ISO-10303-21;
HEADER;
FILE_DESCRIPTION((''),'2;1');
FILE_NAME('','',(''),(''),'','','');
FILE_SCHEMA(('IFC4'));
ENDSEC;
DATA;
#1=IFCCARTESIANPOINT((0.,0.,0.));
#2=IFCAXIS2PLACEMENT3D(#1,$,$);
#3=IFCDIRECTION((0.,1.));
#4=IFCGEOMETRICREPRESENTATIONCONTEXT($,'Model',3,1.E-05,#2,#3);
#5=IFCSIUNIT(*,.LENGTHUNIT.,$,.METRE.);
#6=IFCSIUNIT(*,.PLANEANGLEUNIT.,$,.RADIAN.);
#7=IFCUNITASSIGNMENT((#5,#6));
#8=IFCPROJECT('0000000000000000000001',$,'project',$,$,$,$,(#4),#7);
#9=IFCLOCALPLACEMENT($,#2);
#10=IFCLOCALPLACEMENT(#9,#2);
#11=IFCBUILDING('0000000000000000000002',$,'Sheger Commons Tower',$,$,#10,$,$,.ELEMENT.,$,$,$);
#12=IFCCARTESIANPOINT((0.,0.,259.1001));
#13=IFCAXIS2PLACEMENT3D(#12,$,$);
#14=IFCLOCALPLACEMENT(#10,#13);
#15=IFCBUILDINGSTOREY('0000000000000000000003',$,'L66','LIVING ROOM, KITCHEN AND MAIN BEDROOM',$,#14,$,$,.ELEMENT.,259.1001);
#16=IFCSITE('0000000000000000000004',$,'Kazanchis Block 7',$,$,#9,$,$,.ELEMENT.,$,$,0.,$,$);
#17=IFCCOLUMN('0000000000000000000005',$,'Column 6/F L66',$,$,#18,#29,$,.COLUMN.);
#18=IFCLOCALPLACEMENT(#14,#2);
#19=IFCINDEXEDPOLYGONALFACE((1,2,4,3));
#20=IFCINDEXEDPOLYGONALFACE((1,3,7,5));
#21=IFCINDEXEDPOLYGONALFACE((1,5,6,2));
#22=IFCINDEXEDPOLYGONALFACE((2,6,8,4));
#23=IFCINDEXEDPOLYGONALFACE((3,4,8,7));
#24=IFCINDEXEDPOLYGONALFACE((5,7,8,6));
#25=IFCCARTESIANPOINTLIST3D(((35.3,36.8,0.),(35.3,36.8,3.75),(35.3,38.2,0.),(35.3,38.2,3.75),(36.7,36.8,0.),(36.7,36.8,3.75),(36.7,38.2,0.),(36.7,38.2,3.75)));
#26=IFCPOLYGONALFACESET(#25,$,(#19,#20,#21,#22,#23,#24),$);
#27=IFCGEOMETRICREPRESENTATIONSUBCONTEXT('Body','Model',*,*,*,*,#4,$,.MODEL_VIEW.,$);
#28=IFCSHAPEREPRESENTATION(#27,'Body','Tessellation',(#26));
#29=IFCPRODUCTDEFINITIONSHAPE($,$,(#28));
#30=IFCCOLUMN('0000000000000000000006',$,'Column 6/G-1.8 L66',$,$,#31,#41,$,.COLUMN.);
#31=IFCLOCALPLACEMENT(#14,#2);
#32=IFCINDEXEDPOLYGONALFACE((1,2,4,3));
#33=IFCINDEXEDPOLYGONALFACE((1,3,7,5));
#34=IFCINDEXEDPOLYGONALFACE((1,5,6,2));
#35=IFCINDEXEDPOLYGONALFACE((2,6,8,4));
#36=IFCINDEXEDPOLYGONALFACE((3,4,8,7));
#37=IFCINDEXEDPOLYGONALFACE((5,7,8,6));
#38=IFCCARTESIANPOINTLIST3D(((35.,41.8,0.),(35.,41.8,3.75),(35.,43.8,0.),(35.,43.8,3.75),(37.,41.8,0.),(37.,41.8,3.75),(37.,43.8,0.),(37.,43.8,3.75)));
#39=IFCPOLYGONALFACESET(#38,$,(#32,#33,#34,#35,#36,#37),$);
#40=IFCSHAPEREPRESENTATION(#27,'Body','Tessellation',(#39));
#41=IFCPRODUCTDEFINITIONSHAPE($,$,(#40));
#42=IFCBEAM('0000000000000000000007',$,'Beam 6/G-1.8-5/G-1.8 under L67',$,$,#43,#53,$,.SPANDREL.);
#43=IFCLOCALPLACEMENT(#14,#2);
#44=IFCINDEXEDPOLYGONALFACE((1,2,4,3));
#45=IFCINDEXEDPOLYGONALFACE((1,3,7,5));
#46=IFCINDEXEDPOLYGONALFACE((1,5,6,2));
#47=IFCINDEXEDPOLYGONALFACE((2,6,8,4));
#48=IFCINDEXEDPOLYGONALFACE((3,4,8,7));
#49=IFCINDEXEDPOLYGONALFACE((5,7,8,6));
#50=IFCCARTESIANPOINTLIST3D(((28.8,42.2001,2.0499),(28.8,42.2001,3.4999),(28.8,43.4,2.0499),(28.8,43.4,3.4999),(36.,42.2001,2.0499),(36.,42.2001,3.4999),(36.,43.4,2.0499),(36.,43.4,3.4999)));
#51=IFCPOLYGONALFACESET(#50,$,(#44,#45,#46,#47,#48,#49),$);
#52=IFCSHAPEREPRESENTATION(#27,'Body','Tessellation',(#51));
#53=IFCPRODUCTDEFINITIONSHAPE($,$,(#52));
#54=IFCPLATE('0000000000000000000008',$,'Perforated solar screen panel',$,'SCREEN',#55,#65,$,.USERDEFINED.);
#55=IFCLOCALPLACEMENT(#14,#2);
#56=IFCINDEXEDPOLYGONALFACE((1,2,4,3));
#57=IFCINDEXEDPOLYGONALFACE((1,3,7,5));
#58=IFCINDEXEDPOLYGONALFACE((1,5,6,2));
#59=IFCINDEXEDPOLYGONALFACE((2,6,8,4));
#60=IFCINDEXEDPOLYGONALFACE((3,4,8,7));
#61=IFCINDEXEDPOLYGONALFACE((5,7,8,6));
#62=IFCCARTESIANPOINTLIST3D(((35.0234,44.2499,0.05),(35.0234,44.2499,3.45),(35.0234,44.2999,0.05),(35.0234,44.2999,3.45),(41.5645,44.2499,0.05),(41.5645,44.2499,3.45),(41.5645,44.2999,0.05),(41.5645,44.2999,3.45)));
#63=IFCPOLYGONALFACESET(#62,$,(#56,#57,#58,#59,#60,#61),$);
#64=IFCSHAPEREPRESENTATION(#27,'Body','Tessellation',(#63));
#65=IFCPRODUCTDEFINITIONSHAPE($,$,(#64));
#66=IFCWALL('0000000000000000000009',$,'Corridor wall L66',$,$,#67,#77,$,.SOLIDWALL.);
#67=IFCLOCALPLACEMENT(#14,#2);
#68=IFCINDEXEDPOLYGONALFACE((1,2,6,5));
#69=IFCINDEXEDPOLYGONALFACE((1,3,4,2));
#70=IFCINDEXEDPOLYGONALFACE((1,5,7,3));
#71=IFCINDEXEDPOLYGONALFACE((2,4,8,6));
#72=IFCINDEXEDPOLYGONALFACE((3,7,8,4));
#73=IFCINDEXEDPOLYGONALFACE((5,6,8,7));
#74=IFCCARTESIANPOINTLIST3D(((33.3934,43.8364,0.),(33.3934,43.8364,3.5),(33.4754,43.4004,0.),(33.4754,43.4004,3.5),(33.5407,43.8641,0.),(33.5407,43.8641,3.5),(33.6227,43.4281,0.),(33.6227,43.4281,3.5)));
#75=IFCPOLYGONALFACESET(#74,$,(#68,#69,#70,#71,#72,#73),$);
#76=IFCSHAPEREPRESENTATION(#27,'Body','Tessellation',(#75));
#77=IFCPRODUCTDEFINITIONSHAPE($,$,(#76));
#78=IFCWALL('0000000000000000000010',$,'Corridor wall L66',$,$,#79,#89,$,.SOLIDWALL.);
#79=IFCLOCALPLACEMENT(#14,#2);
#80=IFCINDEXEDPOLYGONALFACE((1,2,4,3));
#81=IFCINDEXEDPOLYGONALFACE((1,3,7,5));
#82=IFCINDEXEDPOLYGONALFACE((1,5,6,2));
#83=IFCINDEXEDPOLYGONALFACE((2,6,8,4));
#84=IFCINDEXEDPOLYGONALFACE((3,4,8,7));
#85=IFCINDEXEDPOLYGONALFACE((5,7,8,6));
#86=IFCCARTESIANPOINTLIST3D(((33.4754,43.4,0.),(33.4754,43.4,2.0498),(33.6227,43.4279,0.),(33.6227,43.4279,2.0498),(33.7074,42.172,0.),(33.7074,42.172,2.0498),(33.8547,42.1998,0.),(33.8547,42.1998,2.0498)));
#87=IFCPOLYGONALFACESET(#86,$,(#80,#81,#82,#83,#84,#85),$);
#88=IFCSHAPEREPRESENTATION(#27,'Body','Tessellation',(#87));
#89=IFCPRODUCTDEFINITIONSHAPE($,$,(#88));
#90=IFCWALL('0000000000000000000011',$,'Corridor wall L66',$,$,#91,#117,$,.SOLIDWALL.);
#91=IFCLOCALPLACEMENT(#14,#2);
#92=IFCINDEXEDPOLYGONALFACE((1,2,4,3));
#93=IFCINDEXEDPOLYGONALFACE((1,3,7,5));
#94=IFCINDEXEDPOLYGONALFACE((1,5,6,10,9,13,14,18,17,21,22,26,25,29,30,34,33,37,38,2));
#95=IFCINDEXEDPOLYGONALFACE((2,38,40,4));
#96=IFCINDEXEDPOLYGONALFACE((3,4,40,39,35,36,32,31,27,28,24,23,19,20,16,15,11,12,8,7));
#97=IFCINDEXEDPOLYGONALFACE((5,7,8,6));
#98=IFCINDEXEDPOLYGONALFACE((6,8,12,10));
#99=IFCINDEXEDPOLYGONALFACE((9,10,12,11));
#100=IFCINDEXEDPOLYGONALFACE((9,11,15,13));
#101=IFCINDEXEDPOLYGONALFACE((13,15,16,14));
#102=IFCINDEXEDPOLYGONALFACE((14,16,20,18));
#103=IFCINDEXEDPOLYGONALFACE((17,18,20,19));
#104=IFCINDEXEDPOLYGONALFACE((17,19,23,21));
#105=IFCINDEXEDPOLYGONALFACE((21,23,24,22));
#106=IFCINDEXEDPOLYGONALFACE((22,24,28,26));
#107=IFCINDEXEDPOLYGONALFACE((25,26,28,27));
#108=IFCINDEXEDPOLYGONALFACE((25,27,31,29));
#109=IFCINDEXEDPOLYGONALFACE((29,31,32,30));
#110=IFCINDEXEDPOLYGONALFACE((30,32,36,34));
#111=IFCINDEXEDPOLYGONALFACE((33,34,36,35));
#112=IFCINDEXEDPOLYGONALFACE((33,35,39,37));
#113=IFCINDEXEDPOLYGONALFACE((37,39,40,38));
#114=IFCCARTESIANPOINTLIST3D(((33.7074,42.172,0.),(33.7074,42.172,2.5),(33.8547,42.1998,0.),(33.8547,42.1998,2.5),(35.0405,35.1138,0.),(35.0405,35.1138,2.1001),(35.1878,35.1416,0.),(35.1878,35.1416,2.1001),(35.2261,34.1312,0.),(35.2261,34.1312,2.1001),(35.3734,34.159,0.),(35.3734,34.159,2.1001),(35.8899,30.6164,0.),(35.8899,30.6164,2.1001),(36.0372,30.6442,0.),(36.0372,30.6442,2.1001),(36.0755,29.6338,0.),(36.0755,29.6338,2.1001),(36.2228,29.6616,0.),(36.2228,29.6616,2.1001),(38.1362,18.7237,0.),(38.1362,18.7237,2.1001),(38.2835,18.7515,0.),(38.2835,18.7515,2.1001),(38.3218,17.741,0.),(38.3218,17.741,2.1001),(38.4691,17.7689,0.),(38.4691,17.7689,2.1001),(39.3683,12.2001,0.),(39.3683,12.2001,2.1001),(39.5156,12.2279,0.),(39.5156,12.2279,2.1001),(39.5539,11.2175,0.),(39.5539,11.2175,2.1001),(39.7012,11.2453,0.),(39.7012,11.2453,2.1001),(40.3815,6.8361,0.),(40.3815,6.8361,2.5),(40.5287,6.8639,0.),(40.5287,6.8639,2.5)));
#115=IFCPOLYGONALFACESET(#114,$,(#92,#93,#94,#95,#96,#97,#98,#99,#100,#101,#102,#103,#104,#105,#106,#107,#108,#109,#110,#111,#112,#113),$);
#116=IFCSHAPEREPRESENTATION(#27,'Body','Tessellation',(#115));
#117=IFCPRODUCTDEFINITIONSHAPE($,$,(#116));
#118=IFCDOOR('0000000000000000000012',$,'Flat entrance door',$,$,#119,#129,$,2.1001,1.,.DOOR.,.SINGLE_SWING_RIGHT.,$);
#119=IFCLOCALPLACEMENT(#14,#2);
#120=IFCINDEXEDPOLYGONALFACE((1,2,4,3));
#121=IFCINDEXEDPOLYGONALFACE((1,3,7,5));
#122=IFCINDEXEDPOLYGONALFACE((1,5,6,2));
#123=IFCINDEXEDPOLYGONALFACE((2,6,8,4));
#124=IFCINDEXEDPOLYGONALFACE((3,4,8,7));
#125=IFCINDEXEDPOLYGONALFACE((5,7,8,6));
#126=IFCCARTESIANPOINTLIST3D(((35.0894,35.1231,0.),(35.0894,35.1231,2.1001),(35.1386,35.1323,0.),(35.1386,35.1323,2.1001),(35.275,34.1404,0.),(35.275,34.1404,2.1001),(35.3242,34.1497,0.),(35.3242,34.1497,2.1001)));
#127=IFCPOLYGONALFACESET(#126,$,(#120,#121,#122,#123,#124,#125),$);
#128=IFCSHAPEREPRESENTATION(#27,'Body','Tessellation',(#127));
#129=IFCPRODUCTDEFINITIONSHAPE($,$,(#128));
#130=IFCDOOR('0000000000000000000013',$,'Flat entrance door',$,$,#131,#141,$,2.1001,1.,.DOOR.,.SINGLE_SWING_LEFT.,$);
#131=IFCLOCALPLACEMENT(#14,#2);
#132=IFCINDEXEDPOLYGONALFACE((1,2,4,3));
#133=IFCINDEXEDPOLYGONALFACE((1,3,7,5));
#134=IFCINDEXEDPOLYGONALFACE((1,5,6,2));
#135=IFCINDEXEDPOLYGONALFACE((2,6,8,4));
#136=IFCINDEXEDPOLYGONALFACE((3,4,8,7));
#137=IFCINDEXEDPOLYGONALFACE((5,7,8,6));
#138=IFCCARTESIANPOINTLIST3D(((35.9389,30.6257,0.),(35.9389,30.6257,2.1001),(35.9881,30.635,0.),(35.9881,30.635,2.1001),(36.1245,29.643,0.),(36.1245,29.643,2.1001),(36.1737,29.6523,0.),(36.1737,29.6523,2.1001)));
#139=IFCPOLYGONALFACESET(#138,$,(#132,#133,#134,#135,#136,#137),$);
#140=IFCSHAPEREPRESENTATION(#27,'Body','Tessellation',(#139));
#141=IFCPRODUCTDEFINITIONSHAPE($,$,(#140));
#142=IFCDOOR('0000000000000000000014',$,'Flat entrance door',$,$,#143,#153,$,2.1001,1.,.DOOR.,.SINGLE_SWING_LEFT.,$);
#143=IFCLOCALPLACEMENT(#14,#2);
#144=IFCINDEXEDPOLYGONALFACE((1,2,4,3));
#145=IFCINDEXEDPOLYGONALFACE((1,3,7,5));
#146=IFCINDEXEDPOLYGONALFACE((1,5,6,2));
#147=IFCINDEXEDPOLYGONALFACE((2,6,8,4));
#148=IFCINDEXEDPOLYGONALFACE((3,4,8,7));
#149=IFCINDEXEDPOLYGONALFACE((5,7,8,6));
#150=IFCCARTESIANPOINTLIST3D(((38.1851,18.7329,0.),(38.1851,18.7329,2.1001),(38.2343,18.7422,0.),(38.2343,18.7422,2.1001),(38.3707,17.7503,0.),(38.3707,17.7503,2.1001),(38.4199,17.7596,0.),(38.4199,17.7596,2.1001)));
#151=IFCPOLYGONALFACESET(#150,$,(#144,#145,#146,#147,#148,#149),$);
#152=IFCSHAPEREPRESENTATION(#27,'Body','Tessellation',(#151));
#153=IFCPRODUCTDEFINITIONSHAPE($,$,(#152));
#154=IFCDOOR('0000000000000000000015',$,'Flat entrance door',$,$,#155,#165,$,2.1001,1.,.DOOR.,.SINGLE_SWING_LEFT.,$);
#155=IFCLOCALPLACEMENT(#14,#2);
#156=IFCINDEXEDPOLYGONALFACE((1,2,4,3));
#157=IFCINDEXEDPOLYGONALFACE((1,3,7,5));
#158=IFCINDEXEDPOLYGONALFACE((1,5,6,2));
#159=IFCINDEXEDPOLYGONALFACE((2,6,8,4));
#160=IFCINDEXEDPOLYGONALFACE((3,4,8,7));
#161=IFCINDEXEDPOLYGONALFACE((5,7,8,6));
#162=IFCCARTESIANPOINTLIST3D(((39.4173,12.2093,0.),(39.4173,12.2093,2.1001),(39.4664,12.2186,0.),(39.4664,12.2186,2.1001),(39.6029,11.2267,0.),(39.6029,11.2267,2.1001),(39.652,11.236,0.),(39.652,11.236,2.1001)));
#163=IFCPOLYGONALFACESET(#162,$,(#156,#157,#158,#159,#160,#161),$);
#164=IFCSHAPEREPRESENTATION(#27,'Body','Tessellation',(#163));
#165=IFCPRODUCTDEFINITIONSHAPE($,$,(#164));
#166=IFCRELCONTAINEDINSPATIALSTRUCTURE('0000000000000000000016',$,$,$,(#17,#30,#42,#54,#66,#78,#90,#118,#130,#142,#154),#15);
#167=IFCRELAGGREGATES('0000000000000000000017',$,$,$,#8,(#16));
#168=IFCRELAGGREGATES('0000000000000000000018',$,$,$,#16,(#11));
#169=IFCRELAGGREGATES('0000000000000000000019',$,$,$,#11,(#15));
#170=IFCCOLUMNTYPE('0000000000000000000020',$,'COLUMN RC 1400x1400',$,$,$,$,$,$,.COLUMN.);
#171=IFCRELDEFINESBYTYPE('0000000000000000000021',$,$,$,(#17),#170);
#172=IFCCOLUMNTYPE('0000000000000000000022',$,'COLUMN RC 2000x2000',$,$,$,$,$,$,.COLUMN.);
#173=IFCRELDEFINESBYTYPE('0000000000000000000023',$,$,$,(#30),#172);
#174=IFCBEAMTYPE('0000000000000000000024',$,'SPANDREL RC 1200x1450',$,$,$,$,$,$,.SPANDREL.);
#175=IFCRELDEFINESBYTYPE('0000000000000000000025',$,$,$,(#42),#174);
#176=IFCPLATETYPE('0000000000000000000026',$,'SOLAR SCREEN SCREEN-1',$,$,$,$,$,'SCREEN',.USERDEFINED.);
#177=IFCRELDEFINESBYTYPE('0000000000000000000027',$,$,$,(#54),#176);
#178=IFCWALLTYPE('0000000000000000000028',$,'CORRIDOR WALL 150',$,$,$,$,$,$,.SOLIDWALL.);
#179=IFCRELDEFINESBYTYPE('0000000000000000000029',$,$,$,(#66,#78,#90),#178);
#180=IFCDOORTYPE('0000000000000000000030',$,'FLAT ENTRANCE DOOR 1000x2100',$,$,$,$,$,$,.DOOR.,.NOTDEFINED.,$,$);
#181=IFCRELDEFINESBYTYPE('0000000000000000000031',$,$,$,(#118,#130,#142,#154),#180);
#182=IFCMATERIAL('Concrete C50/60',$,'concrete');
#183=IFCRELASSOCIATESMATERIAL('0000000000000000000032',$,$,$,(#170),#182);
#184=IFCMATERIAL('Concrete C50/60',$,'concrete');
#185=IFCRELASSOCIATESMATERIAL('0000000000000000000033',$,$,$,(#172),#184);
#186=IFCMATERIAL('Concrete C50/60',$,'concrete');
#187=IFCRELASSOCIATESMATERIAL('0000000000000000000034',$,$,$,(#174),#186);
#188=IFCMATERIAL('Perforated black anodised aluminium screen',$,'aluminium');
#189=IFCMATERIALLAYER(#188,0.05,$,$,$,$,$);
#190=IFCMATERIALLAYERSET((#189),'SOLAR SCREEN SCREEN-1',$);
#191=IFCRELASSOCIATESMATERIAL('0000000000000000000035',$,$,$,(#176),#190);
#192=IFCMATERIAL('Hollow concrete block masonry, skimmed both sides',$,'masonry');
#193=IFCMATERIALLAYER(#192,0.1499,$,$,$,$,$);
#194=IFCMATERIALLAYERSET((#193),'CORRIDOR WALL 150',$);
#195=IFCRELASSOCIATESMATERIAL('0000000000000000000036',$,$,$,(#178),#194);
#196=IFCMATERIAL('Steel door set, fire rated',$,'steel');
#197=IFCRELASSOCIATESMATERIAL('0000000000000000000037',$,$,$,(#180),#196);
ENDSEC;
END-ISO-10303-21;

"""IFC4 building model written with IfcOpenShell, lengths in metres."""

from ifc_helpers import new_model, si_unit, direction, frame, frame_2d, origin, origin_2d, place, context, subcontext, project, spatial, rectangle, extrude, material, layer, layer_set, material_profile, profile_set, type_object, element, fill, save


model = new_model("IFC4")

# Units and contexts
model_context = context("Model", 3, precision=1e-05, world=origin(), true_north=direction((0.0, 1.0)))
body_context = subcontext(model_context, "Body", "Model", "MODEL_VIEW")
ifc_project = project(units=[si_unit("LENGTHUNIT", "METRE"), si_unit("PLANEANGLEUNIT", "RADIAN")], contexts=[model_context])

# Site, building, storey
site_placement = place(None, origin())
site = spatial("IfcSite", under=ifc_project, at=site_placement, Name="Kazanchis Block 7", CompositionType="ELEMENT", RefElevation=0.0)
building_placement = place(site_placement, origin())
building = spatial("IfcBuilding", under=site, at=building_placement, Name="Sheger Commons Tower", CompositionType="ELEMENT")
storey_placement = place(building_placement, frame((0.0, 0.0, 259.1001)))
storey = spatial("IfcBuildingStorey", under=building, at=storey_placement, Name="L66", Description="LIVING ROOM, KITCHEN AND MAIN BEDROOM", CompositionType="ELEMENT", Elevation=259.1001)

# Columns
ifc_material_1 = material(Name="Concrete C50/60", Category="concrete")
ifc_material_profile_1 = material_profile(ifc_material_1, rectangle(XDim=1.3999, YDim=1.3999, at=origin_2d()), Name="RC 1400x1400")
ifc_profile_set_1 = profile_set([ifc_material_profile_1], Name="Concrete C50/60")
column_type_1 = type_object("IfcColumnType", Name="COLUMN RC 1400x1400", PredefinedType="COLUMN", material=ifc_profile_set_1)
column_1_placement = place(storey_placement, frame((36.0, 37.5, 0.0), z_axis=(0.0, 0.0, 1.0), x_axis=(1.0, 0.0, 0.0)))
element("IfcColumn", 1, at=column_1_placement, inside=storey, type_object=column_type_1, Name="Column 6/F L66", PredefinedType="COLUMN", context=body_context, shape_type="SweptSolid", body=[
    extrude(rectangle(XDim=1.3999, YDim=1.3999, at=origin_2d()), origin(), (0.0, 0.0, 1.0), 3.75),
])
ifc_material_2 = material(Name="Concrete C50/60", Category="concrete")
ifc_material_profile_2 = material_profile(ifc_material_2, rectangle(XDim=2.0, YDim=2.0, at=origin_2d()), Name="RC 2000x2000")
ifc_profile_set_2 = profile_set([ifc_material_profile_2], Name="Concrete C50/60")
column_type_2 = type_object("IfcColumnType", Name="COLUMN RC 2000x2000", PredefinedType="COLUMN", material=ifc_profile_set_2)
column_2_placement = place(storey_placement, frame((36.0, 42.8, 0.0), z_axis=(0.0, 0.0, 1.0), x_axis=(1.0, 0.0, 0.0)))
element("IfcColumn", 2, at=column_2_placement, inside=storey, type_object=column_type_2, Name="Column 6/G-1.8 L66", PredefinedType="COLUMN", context=body_context, shape_type="SweptSolid", body=[
    extrude(rectangle(XDim=2.0, YDim=2.0, at=origin_2d()), origin(), (0.0, 0.0, 1.0), 3.75),
])

# Beam
ifc_material_3 = material(Name="Concrete C50/60", Category="concrete")
ifc_material_profile_3 = material_profile(ifc_material_3, rectangle(XDim=1.2, YDim=1.45, at=origin_2d()), Name="RC 1200x1450")
ifc_profile_set_3 = profile_set([ifc_material_profile_3], Name="Concrete C50/60")
beam_type = type_object("IfcBeamType", Name="SPANDREL RC 1200x1450", PredefinedType="SPANDREL", material=ifc_profile_set_3)
beam_placement = place(storey_placement, frame((36.0, 42.8, 2.7749), z_axis=(-1.0, 0.0, 0.0), x_axis=(0.0, -1.0, 0.0)))
element("IfcBeam", 3, at=beam_placement, inside=storey, type_object=beam_type, Name="Beam 6/G-1.8-5/G-1.8 under L67", PredefinedType="SPANDREL", context=body_context, shape_type="SweptSolid", body=[
    extrude(rectangle(XDim=1.2, YDim=1.45, at=origin_2d()), origin(), (0.0, 0.0, 1.0), 7.2),
])

# Plate
ifc_material_4 = material(Name="Perforated black anodised aluminium screen", Category="aluminium")
ifc_layer_1 = layer(ifc_material_4, 0.05)
ifc_layer_set_1 = layer_set([ifc_layer_1], Name="SOLAR SCREEN SCREEN-1")
plate_type = type_object("IfcPlateType", Name="SOLAR SCREEN SCREEN-1", ElementType="SCREEN", PredefinedType="USERDEFINED", material=ifc_layer_set_1)
plate_placement = place(storey_placement, frame((38.2939, 44.2749, 0.05), z_axis=(0.0, 0.0, 1.0), x_axis=(-1.0, 0.0, 0.0)))
element("IfcPlate", 4, at=plate_placement, inside=storey, type_object=plate_type, Name="Perforated solar screen panel", ObjectType="SCREEN", PredefinedType="USERDEFINED", context=body_context, shape_type="SweptSolid", body=[
    extrude(rectangle(XDim=6.541, YDim=0.05, at=origin_2d()), origin(), (0.0, 0.0, 1.0), 3.3999),
])

# Walls
ifc_material_5 = material(Name="Hollow concrete block masonry, skimmed both sides", Category="masonry")
ifc_layer_2 = layer(ifc_material_5, 0.1499)
ifc_layer_set_2 = layer_set([ifc_layer_2], Name="CORRIDOR WALL 150")
wall_type_1 = type_object("IfcWallType", Name="CORRIDOR WALL 150", PredefinedType="SOLIDWALL", material=ifc_layer_set_2)
wall_1_placement = place(storey_placement, frame((33.467, 43.8501, 0.0), z_axis=(0.0, 0.0, 1.0), x_axis=(0.184887, -0.98276, 0.0)))
element("IfcWall", 5, at=wall_1_placement, inside=storey, type_object=wall_type_1, Name="Corridor wall L66", PredefinedType="SOLIDWALL", context=body_context, shape_type="SweptSolid", body=[
    extrude(rectangle(XDim=0.4436, YDim=0.1499, at=frame_2d((0.2217, 0.0))), origin(), (0.0, 0.0, 1.0), 3.5),
])
wall_2_placement = place(storey_placement, frame((33.5491, 43.4141, 0.0), z_axis=(0.0, 0.0, 1.0), x_axis=(0.185586, -0.982628, 0.0)))
element("IfcWall", 6, at=wall_2_placement, inside=storey, type_object=wall_type_1, Name="Corridor wall L66", PredefinedType="SOLIDWALL", context=body_context, shape_type="SweptSolid", body=[
    extrude(rectangle(XDim=1.2498, YDim=0.1499, at=frame_2d((0.625, 0.0))), origin(), (0.0, 0.0, 1.0), 2.0498),
])

# Wall, openings, doors
wall_3_placement = place(storey_placement, frame((33.781, 42.186, 0.0), z_axis=(0.0, 0.0, 1.0), x_axis=(0.185594, -0.982627, 0.0)))
wall_3 = element("IfcWall", 7, at=wall_3_placement, inside=storey, type_object=wall_type_1, Name="Corridor wall L66", PredefinedType="SOLIDWALL", context=body_context, shape_type="SweptSolid", body=[
    extrude(rectangle(XDim=35.9607, YDim=0.1499, at=frame_2d((17.9805, 0.0))), origin(), (0.0, 0.0, 1.0), 2.5),
])
opening_1_placement = place(wall_3_placement, frame((7.1831, 0.0, 0.0)))
opening_1 = element("IfcOpeningElement", 8, at=opening_1_placement, cuts=wall_3, PredefinedType="OPENING", context=body_context, shape_type="SweptSolid", body=[
    extrude(rectangle(XDim=1.0, YDim=2.1001, at=frame_2d((0.5, 1.05))), frame((0.0, 0.085, 0.0), z_axis=(0.0, -1.0, 0.0), x_axis=(1.0, 0.0, 0.0)), (0.0, 0.0, 1.0), 0.1699),
])
opening_2_placement = place(wall_3_placement, frame((11.76, 0.0, 0.0)))
opening_2 = element("IfcOpeningElement", 9, at=opening_2_placement, cuts=wall_3, PredefinedType="OPENING", context=body_context, shape_type="SweptSolid", body=[
    extrude(rectangle(XDim=1.0, YDim=2.1001, at=frame_2d((0.5, 1.05))), frame((0.0, 0.085, 0.0), z_axis=(0.0, -1.0, 0.0), x_axis=(1.0, 0.0, 0.0)), (0.0, 0.0, 1.0), 0.1699),
])
opening_3_placement = place(wall_3_placement, frame((23.863, 0.0, 0.0)))
opening_3 = element("IfcOpeningElement", 10, at=opening_3_placement, cuts=wall_3, PredefinedType="OPENING", context=body_context, shape_type="SweptSolid", body=[
    extrude(rectangle(XDim=1.0, YDim=2.1001, at=frame_2d((0.5, 1.05))), frame((0.0, 0.085, 0.0), z_axis=(0.0, -1.0, 0.0), x_axis=(1.0, 0.0, 0.0)), (0.0, 0.0, 1.0), 0.1699),
])
opening_4_placement = place(wall_3_placement, frame((30.502, 0.0, 0.0)))
opening_4 = element("IfcOpeningElement", 11, at=opening_4_placement, cuts=wall_3, PredefinedType="OPENING", context=body_context, shape_type="SweptSolid", body=[
    extrude(rectangle(XDim=1.0, YDim=2.1001, at=frame_2d((0.5, 1.05))), frame((0.0, 0.085, 0.0), z_axis=(0.0, -1.0, 0.0), x_axis=(1.0, 0.0, 0.0)), (0.0, 0.0, 1.0), 0.1699),
])
ifc_material_6 = material(Name="Steel door set, fire rated", Category="steel")
door_type_1 = type_object("IfcDoorType", Name="FLAT ENTRANCE DOOR 1000x2100", OperationType="NOTDEFINED", PredefinedType="DOOR", material=ifc_material_6)
door_1_placement = place(opening_1_placement, origin())
door_1 = element("IfcDoor", 12, at=door_1_placement, inside=storey, type_object=door_type_1, Name="Flat entrance door", OperationType="SINGLE_SWING_RIGHT", OverallHeight=2.1001, OverallWidth=1.0, PredefinedType="DOOR", context=body_context, shape_type="SweptSolid", body=[
    extrude(rectangle(XDim=1.0, YDim=2.1001, at=frame_2d((0.5, 1.05))), frame((0.0, 0.0249, 0.0), z_axis=(0.0, -1.0, 0.0), x_axis=(1.0, 0.0, 0.0)), (0.0, 0.0, 1.0), 0.05),
])
fill(opening_1, door_1)
door_2_placement = place(opening_2_placement, origin())
door_2 = element("IfcDoor", 13, at=door_2_placement, inside=storey, type_object=door_type_1, Name="Flat entrance door", OperationType="SINGLE_SWING_LEFT", OverallHeight=2.1001, OverallWidth=1.0, PredefinedType="DOOR", context=body_context, shape_type="SweptSolid", body=[
    extrude(rectangle(XDim=1.0, YDim=2.1001, at=frame_2d((0.5, 1.05))), frame((0.0, 0.0249, 0.0), z_axis=(0.0, -1.0, 0.0), x_axis=(1.0, 0.0, 0.0)), (0.0, 0.0, 1.0), 0.05),
])
fill(opening_2, door_2)
door_3_placement = place(opening_3_placement, origin())
door_3 = element("IfcDoor", 14, at=door_3_placement, inside=storey, type_object=door_type_1, Name="Flat entrance door", OperationType="SINGLE_SWING_LEFT", OverallHeight=2.1001, OverallWidth=1.0, PredefinedType="DOOR", context=body_context, shape_type="SweptSolid", body=[
    extrude(rectangle(XDim=1.0, YDim=2.1001, at=frame_2d((0.5, 1.05))), frame((0.0, 0.0249, 0.0), z_axis=(0.0, -1.0, 0.0), x_axis=(1.0, 0.0, 0.0)), (0.0, 0.0, 1.0), 0.05),
])
fill(opening_3, door_3)
door_4_placement = place(opening_4_placement, origin())
door_4 = element("IfcDoor", 15, at=door_4_placement, inside=storey, type_object=door_type_1, Name="Flat entrance door", OperationType="SINGLE_SWING_LEFT", OverallHeight=2.1001, OverallWidth=1.0, PredefinedType="DOOR", context=body_context, shape_type="SweptSolid", body=[
    extrude(rectangle(XDim=1.0, YDim=2.1001, at=frame_2d((0.5, 1.05))), frame((0.0, 0.0249, 0.0), z_axis=(0.0, -1.0, 0.0), x_axis=(1.0, 0.0, 0.0)), (0.0, 0.0, 1.0), 0.05),
])
fill(opening_4, door_4)

save(model, "model.ifc")
